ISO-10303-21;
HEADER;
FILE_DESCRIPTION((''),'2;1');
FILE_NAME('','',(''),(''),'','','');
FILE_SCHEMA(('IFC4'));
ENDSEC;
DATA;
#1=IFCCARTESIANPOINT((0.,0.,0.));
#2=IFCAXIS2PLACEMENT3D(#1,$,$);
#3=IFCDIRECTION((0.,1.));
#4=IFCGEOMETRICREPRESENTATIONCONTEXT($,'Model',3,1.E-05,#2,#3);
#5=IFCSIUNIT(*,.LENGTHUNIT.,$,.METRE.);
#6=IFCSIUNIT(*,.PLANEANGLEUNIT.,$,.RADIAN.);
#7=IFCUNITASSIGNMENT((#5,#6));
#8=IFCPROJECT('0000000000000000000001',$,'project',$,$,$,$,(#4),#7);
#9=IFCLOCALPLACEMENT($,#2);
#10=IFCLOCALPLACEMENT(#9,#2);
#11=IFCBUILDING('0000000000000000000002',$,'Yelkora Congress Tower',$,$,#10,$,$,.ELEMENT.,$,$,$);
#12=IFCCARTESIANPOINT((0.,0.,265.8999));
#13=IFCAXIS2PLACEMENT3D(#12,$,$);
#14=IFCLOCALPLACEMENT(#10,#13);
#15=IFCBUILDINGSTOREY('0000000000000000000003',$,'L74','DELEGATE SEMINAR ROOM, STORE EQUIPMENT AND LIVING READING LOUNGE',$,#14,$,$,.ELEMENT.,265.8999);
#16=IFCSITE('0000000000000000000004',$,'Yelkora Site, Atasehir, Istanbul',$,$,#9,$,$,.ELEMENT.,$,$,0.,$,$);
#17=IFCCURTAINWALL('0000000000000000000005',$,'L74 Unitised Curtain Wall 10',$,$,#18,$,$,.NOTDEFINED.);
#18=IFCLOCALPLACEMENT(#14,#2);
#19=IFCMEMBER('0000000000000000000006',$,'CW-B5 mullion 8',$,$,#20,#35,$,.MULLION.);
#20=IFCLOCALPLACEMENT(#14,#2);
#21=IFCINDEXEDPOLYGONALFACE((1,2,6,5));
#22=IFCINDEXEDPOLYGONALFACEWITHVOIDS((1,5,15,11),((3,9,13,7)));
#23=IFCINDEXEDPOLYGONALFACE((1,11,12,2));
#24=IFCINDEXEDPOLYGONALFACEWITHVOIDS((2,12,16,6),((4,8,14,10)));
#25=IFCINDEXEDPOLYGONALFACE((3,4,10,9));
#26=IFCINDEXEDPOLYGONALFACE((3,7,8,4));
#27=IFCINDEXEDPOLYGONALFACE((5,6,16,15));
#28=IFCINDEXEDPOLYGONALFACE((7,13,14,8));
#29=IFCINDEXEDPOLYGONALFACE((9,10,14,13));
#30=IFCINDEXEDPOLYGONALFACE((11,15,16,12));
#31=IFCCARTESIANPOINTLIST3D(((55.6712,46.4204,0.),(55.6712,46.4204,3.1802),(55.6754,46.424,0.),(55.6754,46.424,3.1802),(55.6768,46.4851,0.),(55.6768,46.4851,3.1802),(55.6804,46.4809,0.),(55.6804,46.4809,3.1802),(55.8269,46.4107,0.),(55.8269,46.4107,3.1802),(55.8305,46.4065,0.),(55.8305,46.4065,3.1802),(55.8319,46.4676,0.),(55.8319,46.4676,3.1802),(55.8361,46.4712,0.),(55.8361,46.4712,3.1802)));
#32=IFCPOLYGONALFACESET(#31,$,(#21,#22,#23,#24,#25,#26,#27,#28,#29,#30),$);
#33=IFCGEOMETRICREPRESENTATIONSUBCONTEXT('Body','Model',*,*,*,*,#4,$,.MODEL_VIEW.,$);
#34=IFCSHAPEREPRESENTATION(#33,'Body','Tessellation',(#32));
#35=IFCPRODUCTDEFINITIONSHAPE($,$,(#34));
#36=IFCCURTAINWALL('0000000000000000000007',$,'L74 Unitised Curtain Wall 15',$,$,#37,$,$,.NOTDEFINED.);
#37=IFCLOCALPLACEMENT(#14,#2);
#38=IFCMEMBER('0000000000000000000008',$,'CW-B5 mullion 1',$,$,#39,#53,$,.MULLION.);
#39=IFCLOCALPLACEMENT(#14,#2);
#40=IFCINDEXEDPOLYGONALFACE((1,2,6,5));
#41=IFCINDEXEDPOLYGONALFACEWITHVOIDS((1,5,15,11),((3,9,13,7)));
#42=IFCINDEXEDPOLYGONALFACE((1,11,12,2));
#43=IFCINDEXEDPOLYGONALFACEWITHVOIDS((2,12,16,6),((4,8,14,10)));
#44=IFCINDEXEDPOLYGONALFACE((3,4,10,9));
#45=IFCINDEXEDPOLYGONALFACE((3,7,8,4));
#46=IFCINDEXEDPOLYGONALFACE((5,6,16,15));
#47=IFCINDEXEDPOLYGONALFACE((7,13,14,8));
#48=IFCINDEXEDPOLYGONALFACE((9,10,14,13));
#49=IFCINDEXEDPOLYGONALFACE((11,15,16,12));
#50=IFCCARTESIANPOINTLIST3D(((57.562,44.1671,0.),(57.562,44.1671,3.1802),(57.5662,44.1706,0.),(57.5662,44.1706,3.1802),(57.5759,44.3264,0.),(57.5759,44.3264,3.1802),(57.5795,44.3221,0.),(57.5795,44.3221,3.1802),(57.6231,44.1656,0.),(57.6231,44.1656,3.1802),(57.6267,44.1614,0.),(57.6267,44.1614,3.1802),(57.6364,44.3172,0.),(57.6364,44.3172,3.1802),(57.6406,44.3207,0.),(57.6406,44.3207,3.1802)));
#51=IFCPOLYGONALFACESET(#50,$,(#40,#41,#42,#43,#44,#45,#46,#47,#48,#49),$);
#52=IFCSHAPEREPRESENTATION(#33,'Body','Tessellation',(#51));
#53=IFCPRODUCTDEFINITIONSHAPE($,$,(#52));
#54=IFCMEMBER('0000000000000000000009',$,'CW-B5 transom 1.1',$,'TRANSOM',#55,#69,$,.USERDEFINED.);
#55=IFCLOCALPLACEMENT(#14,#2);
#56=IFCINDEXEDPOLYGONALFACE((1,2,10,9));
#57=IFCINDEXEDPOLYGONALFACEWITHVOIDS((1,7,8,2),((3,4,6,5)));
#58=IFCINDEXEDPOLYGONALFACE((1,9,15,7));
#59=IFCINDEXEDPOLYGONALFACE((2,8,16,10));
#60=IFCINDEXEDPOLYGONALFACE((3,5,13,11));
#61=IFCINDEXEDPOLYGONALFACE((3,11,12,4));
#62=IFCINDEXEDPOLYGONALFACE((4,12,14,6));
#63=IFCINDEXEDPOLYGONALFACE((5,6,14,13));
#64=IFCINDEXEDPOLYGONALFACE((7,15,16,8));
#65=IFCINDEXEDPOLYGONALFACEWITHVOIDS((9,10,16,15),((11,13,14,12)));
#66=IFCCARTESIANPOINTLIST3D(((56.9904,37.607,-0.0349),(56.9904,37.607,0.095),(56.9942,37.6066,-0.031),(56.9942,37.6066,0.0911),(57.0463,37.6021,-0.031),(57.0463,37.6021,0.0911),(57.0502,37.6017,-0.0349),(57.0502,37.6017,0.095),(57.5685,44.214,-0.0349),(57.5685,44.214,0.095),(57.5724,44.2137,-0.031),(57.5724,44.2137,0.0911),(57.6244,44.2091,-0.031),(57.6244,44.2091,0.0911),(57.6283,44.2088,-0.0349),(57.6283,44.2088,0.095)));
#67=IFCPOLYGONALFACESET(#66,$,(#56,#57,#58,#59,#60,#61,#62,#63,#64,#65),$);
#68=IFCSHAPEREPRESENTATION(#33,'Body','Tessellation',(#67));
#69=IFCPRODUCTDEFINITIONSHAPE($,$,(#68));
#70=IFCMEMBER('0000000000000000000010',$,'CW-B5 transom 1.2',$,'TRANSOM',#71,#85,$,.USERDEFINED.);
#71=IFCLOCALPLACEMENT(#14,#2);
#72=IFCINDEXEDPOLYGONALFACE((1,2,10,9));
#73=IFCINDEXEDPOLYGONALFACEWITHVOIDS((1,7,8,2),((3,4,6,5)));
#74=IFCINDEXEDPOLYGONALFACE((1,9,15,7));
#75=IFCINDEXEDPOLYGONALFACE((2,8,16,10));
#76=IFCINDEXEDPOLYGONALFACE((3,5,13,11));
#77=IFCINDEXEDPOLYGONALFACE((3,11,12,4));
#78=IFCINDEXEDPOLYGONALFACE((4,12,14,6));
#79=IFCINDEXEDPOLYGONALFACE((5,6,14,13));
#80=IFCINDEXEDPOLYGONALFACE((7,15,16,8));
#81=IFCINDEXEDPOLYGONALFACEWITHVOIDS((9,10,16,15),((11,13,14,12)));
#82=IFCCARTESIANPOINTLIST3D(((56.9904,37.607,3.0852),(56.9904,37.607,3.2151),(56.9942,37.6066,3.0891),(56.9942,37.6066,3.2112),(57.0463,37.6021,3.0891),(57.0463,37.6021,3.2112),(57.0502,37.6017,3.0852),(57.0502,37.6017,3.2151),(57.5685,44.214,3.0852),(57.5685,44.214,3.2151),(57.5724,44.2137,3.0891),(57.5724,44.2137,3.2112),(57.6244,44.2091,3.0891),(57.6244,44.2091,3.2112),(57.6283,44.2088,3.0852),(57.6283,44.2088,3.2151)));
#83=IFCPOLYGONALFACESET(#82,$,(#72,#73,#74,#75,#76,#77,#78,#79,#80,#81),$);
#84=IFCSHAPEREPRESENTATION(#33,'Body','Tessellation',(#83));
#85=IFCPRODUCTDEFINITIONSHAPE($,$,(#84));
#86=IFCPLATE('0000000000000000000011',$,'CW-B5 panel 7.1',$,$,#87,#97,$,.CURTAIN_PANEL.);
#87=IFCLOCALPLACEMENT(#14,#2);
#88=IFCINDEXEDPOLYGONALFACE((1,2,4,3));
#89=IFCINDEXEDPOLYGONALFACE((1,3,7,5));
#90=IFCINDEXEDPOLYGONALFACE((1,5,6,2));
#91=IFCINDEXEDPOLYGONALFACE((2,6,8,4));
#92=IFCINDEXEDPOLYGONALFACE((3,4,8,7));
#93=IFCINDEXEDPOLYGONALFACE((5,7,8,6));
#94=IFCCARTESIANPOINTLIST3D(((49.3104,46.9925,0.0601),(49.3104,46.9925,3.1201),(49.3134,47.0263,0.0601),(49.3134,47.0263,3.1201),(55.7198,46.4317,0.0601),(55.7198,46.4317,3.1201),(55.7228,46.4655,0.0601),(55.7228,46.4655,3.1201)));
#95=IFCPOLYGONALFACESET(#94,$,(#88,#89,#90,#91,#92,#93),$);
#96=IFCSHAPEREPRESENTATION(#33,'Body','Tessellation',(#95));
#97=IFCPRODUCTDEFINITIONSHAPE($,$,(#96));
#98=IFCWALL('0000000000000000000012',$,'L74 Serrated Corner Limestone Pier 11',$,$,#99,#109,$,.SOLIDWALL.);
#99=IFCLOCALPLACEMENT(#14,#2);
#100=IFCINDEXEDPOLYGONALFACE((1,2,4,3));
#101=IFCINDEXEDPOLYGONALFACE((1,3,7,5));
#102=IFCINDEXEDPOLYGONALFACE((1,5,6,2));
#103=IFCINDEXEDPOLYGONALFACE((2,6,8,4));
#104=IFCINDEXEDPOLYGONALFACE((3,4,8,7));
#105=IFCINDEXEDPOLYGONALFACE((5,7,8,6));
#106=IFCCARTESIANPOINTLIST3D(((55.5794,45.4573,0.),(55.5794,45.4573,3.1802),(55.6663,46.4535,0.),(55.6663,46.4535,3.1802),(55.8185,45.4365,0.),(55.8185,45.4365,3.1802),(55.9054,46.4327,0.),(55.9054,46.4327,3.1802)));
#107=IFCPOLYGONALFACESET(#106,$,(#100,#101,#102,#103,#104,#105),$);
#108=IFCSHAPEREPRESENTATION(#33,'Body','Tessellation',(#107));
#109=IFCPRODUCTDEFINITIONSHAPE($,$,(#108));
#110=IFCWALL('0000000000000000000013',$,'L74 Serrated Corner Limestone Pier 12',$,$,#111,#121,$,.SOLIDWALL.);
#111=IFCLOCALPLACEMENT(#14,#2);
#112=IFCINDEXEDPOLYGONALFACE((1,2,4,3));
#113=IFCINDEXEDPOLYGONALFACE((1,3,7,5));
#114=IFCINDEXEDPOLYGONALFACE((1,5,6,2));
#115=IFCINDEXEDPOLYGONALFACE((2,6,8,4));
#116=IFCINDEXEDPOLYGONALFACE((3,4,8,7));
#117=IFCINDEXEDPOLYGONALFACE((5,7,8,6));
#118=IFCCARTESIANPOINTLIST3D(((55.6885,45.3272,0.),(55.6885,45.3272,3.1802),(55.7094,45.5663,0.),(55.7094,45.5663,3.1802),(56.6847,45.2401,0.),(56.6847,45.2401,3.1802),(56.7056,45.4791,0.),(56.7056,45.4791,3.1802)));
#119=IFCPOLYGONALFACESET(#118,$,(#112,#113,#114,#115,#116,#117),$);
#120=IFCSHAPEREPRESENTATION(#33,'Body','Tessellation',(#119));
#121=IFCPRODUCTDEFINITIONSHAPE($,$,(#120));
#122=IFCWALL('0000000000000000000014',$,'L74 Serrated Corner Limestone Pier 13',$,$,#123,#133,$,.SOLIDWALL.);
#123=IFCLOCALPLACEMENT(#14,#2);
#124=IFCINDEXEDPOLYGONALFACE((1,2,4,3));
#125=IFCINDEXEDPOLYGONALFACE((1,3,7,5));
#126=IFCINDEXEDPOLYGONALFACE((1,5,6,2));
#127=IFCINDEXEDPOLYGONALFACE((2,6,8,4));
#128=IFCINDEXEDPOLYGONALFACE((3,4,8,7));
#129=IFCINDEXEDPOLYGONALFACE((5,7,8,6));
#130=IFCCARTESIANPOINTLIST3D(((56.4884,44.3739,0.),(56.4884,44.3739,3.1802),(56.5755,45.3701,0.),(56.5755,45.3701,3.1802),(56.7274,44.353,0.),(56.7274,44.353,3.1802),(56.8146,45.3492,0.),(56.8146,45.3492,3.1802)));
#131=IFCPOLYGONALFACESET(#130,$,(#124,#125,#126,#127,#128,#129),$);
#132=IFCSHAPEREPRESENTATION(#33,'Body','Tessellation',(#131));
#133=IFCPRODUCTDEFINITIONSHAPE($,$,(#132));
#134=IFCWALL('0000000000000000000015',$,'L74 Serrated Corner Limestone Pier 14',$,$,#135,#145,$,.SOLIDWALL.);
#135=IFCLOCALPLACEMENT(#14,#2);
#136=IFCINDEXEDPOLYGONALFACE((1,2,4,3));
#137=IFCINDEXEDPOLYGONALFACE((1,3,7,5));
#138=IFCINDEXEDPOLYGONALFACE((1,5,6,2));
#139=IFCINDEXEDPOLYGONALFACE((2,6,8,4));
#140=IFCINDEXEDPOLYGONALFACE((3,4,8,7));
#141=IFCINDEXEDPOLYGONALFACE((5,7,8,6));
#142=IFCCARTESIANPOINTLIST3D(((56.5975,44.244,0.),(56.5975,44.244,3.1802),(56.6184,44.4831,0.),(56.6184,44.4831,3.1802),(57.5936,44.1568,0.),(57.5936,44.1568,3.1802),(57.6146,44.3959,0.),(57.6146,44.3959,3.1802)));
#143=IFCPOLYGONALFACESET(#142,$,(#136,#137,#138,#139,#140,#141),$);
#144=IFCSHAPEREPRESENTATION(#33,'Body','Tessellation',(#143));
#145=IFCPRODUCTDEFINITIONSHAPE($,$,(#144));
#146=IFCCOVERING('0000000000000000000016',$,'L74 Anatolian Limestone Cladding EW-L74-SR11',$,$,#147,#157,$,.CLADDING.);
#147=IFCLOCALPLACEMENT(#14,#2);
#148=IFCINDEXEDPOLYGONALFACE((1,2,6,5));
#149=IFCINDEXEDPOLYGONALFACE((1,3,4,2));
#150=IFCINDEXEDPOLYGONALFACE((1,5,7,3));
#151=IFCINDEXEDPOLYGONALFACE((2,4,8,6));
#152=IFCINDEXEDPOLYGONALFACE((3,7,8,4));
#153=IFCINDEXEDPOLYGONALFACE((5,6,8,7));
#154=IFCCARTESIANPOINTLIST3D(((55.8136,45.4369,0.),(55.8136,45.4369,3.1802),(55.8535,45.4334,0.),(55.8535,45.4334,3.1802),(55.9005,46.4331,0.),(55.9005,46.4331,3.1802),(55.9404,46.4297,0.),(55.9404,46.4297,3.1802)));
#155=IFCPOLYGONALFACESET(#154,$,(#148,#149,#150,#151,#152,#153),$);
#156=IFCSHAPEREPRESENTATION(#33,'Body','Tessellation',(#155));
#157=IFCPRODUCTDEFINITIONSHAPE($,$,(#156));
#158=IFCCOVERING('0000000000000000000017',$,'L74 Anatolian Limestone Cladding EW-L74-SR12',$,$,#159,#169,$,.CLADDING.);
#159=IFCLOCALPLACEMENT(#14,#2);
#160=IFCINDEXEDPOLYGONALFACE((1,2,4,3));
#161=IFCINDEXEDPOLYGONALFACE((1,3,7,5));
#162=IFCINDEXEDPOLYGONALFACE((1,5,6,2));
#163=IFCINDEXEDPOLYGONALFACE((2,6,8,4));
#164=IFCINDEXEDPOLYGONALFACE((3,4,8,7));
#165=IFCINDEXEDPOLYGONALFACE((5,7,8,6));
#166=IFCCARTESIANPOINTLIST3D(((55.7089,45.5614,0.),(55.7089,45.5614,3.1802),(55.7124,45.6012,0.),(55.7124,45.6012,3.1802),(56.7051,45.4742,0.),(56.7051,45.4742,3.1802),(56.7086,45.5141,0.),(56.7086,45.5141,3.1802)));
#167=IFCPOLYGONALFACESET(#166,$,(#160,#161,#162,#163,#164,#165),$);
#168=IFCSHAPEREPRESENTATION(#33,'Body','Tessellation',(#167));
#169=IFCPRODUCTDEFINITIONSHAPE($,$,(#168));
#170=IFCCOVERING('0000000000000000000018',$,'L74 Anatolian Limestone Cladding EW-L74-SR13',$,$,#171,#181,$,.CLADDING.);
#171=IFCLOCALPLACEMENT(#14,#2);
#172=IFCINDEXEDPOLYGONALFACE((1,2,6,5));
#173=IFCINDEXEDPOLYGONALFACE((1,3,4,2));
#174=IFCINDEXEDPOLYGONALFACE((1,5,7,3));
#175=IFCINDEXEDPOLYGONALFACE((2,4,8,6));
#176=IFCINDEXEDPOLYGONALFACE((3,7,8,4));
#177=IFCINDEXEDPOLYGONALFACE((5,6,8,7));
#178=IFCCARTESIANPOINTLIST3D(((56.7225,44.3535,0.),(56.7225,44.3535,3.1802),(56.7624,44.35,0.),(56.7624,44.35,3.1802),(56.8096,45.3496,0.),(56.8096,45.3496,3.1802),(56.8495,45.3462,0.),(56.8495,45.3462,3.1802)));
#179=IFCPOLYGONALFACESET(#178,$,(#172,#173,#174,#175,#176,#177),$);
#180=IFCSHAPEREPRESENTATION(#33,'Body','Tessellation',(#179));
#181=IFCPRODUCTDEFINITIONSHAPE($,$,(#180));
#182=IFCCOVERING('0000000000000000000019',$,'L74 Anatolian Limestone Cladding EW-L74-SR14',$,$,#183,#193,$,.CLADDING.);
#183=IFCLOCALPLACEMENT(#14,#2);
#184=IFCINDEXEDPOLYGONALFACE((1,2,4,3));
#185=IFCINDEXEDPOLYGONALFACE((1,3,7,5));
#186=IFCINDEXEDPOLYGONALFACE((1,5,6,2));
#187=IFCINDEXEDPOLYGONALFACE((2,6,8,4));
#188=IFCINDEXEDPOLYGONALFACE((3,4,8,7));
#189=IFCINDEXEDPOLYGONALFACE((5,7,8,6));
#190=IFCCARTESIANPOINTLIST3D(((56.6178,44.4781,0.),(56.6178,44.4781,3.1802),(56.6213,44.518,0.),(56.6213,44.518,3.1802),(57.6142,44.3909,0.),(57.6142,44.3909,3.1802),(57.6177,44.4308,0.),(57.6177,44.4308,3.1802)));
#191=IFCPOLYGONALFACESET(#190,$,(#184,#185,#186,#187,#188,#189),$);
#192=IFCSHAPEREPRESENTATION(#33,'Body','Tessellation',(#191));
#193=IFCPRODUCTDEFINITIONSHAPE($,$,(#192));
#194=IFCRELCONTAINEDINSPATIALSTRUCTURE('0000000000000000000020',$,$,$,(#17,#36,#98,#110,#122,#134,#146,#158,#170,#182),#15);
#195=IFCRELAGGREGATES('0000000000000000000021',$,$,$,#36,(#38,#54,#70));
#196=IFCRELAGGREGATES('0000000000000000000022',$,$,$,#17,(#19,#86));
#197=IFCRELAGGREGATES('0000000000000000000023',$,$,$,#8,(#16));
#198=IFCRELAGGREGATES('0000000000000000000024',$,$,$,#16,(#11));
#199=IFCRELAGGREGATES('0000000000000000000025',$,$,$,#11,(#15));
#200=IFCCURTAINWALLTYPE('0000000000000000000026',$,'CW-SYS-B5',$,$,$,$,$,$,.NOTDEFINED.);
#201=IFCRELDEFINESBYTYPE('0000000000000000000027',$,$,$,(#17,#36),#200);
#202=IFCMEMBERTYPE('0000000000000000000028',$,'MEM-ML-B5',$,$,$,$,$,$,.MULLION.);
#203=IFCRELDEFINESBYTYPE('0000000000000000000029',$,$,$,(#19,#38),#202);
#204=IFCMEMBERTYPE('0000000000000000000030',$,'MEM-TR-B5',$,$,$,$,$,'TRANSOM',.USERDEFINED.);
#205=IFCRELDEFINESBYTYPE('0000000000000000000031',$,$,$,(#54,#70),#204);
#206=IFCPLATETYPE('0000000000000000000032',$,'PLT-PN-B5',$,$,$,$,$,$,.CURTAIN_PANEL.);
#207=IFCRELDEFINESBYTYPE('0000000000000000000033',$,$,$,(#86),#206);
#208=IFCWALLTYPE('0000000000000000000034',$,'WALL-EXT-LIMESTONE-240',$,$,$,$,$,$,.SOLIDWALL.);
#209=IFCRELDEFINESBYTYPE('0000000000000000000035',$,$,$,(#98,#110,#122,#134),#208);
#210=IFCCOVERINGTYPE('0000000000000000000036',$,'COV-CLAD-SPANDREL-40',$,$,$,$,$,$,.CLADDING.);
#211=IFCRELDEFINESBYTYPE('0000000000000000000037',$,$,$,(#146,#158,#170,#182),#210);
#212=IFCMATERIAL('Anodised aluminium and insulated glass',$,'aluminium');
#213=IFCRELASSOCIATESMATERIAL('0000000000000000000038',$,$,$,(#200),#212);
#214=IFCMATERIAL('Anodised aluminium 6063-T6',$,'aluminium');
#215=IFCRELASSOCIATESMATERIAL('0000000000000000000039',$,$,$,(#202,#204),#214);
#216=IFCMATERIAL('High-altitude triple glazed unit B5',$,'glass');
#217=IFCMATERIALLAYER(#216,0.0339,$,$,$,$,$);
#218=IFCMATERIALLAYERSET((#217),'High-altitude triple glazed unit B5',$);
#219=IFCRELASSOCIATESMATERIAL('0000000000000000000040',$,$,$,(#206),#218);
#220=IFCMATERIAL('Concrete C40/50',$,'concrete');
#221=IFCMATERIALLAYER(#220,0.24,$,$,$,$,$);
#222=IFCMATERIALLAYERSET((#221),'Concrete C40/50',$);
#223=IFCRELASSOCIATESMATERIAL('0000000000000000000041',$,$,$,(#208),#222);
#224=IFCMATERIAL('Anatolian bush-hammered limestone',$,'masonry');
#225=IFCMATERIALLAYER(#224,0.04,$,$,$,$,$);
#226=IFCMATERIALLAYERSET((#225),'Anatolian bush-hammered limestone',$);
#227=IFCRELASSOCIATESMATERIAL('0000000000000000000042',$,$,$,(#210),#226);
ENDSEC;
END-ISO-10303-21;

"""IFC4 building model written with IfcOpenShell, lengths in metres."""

from ifc_helpers import new_model, si_unit, direction, frame, frame_2d, origin, origin_2d, place, context, subcontext, project, spatial, rectangle, hollow_rectangle, extrude, material, layer, layer_set, material_profile, profile_set, type_object, element, aggregate, save


model = new_model("IFC4")

# Units and contexts
model_context = context("Model", 3, precision=1e-05, world=origin(), true_north=direction((0.0, 1.0)))
body_context = subcontext(model_context, "Body", "Model", "MODEL_VIEW")
ifc_project = project(units=[si_unit("LENGTHUNIT", "METRE"), si_unit("PLANEANGLEUNIT", "RADIAN")], contexts=[model_context])

# Site, building, storey
site_placement = place(None, origin())
site = spatial("IfcSite", under=ifc_project, at=site_placement, Name="Yelkora Site, Atasehir, Istanbul", CompositionType="ELEMENT", RefElevation=0.0)
building_placement = place(site_placement, origin())
building = spatial("IfcBuilding", under=site, at=building_placement, Name="Yelkora Congress Tower", CompositionType="ELEMENT")
storey_placement = place(building_placement, frame((0.0, 0.0, 265.8999)))
storey = spatial("IfcBuildingStorey", under=building, at=storey_placement, Name="L74", Description="DELEGATE SEMINAR ROOM, STORE EQUIPMENT AND LIVING READING LOUNGE", CompositionType="ELEMENT", Elevation=265.8999)

# Curtain wall, member
ifc_material_1 = material(Name="Anodised aluminium and insulated glass", Category="aluminium")
curtain_wall_type = type_object("IfcCurtainWallType", Name="CW-SYS-B5", PredefinedType="NOTDEFINED", material=ifc_material_1)
curtain_wall_1_placement = place(storey_placement, origin())
curtain_wall_1 = element("IfcCurtainWall", 1, at=curtain_wall_1_placement, inside=storey, type_object=curtain_wall_type, Name="L74 Unitised Curtain Wall 10", PredefinedType="NOTDEFINED")
ifc_material_2 = material(Name="Anodised aluminium 6063-T6", Category="aluminium")
ifc_material_profile_1 = material_profile(ifc_material_2, hollow_rectangle(XDim=0.0649, YDim=0.1599, WallThickness=0.0039, at=origin_2d()), Name="ALU 65x160x4")
ifc_profile_set_1 = profile_set([ifc_material_profile_1], Name="Anodised aluminium 6063-T6")
member_type_1 = type_object("IfcMemberType", Name="MEM-ML-B5", PredefinedType="MULLION", material=ifc_profile_set_1)
member_1_placement = place(storey_placement, frame((55.7537, 46.4458, 0.0), z_axis=(0.0, 0.0, 1.0), x_axis=(0.087157, 0.996195, 0.0)))
member_1 = element("IfcMember", 2, at=member_1_placement, type_object=member_type_1, Name="CW-B5 mullion 8", PredefinedType="MULLION", context=body_context, shape_type="SweptSolid", body=[
    extrude(hollow_rectangle(XDim=0.0649, YDim=0.1599, WallThickness=0.0039, at=origin_2d()), origin(), (0.0, 0.0, 1.0), 3.1802),
])

# Curtain wall, members
curtain_wall_2_placement = place(storey_placement, origin())
curtain_wall_2 = element("IfcCurtainWall", 3, at=curtain_wall_2_placement, inside=storey, type_object=curtain_wall_type, Name="L74 Unitised Curtain Wall 15", PredefinedType="NOTDEFINED")
member_2_placement = place(storey_placement, frame((57.6013, 44.2439, 0.0), z_axis=(0.0, 0.0, 1.0), x_axis=(0.996194, -0.087158, 0.0)))
member_2 = element("IfcMember", 4, at=member_2_placement, type_object=member_type_1, Name="CW-B5 mullion 1", PredefinedType="MULLION", context=body_context, shape_type="SweptSolid", body=[
    extrude(hollow_rectangle(XDim=0.0649, YDim=0.1599, WallThickness=0.0039, at=origin_2d()), origin(), (0.0, 0.0, 1.0), 3.1802),
])
ifc_material_profile_2 = material_profile(ifc_material_2, hollow_rectangle(XDim=0.0601, YDim=0.1299, WallThickness=0.0039, at=origin_2d()), Name="ALU 60x130x4")
ifc_profile_set_2 = profile_set([ifc_material_profile_2], Name="Anodised aluminium 6063-T6")
member_type_2 = type_object("IfcMemberType", Name="MEM-TR-B5", ElementType="TRANSOM", PredefinedType="USERDEFINED", material=ifc_profile_set_2)
member_3_placement = place(storey_placement, frame((57.5984, 44.2114, 0.03), z_axis=(-0.087166, -0.996194, 0.0), x_axis=(0.996194, -0.087166, 0.0)))
member_3 = element("IfcMember", 5, at=member_3_placement, type_object=member_type_2, Name="CW-B5 transom 1.1", ObjectType="TRANSOM", PredefinedType="USERDEFINED", context=body_context, shape_type="SweptSolid", body=[
    extrude(hollow_rectangle(XDim=0.0601, YDim=0.1299, WallThickness=0.0039, at=origin_2d()), origin(), (0.0, 0.0, 1.0), 6.6323),
])
member_4_placement = place(storey_placement, frame((57.5984, 44.2114, 3.1501), z_axis=(-0.087166, -0.996194, 0.0), x_axis=(0.996194, -0.087166, 0.0)))
member_4 = element("IfcMember", 6, at=member_4_placement, type_object=member_type_2, Name="CW-B5 transom 1.2", ObjectType="TRANSOM", PredefinedType="USERDEFINED", context=body_context, shape_type="SweptSolid", body=[
    extrude(hollow_rectangle(XDim=0.0601, YDim=0.1299, WallThickness=0.0039, at=origin_2d()), origin(), (0.0, 0.0, 1.0), 6.6323),
])
aggregate(curtain_wall_2, [member_2, member_3, member_4])

# Plate
ifc_material_3 = material(Name="High-altitude triple glazed unit B5", Category="glass")
ifc_layer_1 = layer(ifc_material_3, 0.0339)
ifc_layer_set_1 = layer_set([ifc_layer_1], Name="High-altitude triple glazed unit B5")
plate_type = type_object("IfcPlateType", Name="PLT-PN-B5", PredefinedType="CURTAIN_PANEL", material=ifc_layer_set_1)
plate_placement = place(storey_placement, frame((52.5166, 46.729, 0.0601), z_axis=(0.0, 0.0, 1.0), x_axis=(0.996195, -0.087157, 0.0)))
plate = element("IfcPlate", 7, at=plate_placement, type_object=plate_type, Name="CW-B5 panel 7.1", PredefinedType="CURTAIN_PANEL", context=body_context, shape_type="SweptSolid", body=[
    extrude(rectangle(XDim=6.4338, YDim=0.0339, at=origin_2d()), origin(), (0.0, 0.0, 1.0), 3.0601),
])
aggregate(curtain_wall_1, [member_1, plate])

# Walls
ifc_material_4 = material(Name="Concrete C40/50", Category="concrete")
ifc_layer_2 = layer(ifc_material_4, 0.24)
ifc_layer_set_2 = layer_set([ifc_layer_2], Name="Concrete C40/50")
wall_type = type_object("IfcWallType", Name="WALL-EXT-LIMESTONE-240", PredefinedType="SOLIDWALL", material=ifc_layer_set_2)
for number, where, z_axis, x_axis, name in (
    (8, (55.7859, 46.4431, 0.0), (0.0, 0.0, 1.0), (-0.086903, -0.996217, 0.0), "L74 Serrated Corner Limestone Pier 11"),
    (9, (55.699, 45.4468, 0.0), (0.0, 0.0, 1.0), (0.996194, -0.087167, 0.0), "L74 Serrated Corner Limestone Pier 12"),
    (10, (56.6951, 45.3596, 0.0), (0.0, 0.0, 1.0), (-0.087167, -0.996194, 0.0), "L74 Serrated Corner Limestone Pier 13"),
    (11, (56.6079, 44.3635, 0.0), (0.0, 0.0, 1.0), (0.996194, -0.087167, 0.0), "L74 Serrated Corner Limestone Pier 14"),
):
    element("IfcWall", number, at=place(storey_placement, frame(where, z_axis=z_axis, x_axis=x_axis)), inside=storey, type_object=wall_type, Name=name, PredefinedType="SOLIDWALL", context=body_context, shape_type="SweptSolid", body=[
        extrude(rectangle(XDim=1.0, YDim=0.24, at=frame_2d((0.5, 0.0))), origin(), (0.0, 0.0, 1.0), 3.1802),
    ])

# Coverings
ifc_material_5 = material(Name="Anatolian bush-hammered limestone", Category="masonry")
ifc_layer_3 = layer(ifc_material_5, 0.04)
ifc_layer_set_3 = layer_set([ifc_layer_3], Name="Anatolian bush-hammered limestone")
covering_type = type_object("IfcCoveringType", Name="COV-CLAD-SPANDREL-40", PredefinedType="CLADDING", material=ifc_layer_set_3)
for number, where, z_axis, x_axis, name in (
    (12, (55.9204, 46.4314, 0.0), (0.0, 0.0, 1.0), (-0.086903, -0.996217, 0.0), "L74 Anatolian Limestone Cladding EW-L74-SR11"),
    (13, (55.7107, 45.5813, 0.0), (0.0, 0.0, 1.0), (0.996194, -0.087167, 0.0), "L74 Anatolian Limestone Cladding EW-L74-SR12"),
    (14, (56.8296, 45.3479, 0.0), (0.0, 0.0, 1.0), (-0.087167, -0.996194, 0.0), "L74 Anatolian Limestone Cladding EW-L74-SR13"),
):
    element("IfcCovering", number, at=place(storey_placement, frame(where, z_axis=z_axis, x_axis=x_axis)), inside=storey, type_object=covering_type, Name=name, PredefinedType="CLADDING", context=body_context, shape_type="SweptSolid", body=[
        extrude(rectangle(XDim=1.0, YDim=0.04, at=frame_2d((0.5, 0.0))), origin(), (0.0, 0.0, 1.0), 3.1802),
    ])
covering_placement = place(storey_placement, frame((56.6196, 44.498, 0.0), z_axis=(0.0, 0.0, 1.0), x_axis=(0.996196, -0.087146, 0.0)))
element("IfcCovering", 15, at=covering_placement, inside=storey, type_object=covering_type, Name="L74 Anatolian Limestone Cladding EW-L74-SR14", PredefinedType="CLADDING", context=body_context, shape_type="SweptSolid", body=[
    extrude(rectangle(XDim=1.0002, YDim=0.04, at=frame_2d((0.5, 0.0))), origin(), (0.0, 0.0, 1.0), 3.1802),
])

save(model, "model.ifc")
